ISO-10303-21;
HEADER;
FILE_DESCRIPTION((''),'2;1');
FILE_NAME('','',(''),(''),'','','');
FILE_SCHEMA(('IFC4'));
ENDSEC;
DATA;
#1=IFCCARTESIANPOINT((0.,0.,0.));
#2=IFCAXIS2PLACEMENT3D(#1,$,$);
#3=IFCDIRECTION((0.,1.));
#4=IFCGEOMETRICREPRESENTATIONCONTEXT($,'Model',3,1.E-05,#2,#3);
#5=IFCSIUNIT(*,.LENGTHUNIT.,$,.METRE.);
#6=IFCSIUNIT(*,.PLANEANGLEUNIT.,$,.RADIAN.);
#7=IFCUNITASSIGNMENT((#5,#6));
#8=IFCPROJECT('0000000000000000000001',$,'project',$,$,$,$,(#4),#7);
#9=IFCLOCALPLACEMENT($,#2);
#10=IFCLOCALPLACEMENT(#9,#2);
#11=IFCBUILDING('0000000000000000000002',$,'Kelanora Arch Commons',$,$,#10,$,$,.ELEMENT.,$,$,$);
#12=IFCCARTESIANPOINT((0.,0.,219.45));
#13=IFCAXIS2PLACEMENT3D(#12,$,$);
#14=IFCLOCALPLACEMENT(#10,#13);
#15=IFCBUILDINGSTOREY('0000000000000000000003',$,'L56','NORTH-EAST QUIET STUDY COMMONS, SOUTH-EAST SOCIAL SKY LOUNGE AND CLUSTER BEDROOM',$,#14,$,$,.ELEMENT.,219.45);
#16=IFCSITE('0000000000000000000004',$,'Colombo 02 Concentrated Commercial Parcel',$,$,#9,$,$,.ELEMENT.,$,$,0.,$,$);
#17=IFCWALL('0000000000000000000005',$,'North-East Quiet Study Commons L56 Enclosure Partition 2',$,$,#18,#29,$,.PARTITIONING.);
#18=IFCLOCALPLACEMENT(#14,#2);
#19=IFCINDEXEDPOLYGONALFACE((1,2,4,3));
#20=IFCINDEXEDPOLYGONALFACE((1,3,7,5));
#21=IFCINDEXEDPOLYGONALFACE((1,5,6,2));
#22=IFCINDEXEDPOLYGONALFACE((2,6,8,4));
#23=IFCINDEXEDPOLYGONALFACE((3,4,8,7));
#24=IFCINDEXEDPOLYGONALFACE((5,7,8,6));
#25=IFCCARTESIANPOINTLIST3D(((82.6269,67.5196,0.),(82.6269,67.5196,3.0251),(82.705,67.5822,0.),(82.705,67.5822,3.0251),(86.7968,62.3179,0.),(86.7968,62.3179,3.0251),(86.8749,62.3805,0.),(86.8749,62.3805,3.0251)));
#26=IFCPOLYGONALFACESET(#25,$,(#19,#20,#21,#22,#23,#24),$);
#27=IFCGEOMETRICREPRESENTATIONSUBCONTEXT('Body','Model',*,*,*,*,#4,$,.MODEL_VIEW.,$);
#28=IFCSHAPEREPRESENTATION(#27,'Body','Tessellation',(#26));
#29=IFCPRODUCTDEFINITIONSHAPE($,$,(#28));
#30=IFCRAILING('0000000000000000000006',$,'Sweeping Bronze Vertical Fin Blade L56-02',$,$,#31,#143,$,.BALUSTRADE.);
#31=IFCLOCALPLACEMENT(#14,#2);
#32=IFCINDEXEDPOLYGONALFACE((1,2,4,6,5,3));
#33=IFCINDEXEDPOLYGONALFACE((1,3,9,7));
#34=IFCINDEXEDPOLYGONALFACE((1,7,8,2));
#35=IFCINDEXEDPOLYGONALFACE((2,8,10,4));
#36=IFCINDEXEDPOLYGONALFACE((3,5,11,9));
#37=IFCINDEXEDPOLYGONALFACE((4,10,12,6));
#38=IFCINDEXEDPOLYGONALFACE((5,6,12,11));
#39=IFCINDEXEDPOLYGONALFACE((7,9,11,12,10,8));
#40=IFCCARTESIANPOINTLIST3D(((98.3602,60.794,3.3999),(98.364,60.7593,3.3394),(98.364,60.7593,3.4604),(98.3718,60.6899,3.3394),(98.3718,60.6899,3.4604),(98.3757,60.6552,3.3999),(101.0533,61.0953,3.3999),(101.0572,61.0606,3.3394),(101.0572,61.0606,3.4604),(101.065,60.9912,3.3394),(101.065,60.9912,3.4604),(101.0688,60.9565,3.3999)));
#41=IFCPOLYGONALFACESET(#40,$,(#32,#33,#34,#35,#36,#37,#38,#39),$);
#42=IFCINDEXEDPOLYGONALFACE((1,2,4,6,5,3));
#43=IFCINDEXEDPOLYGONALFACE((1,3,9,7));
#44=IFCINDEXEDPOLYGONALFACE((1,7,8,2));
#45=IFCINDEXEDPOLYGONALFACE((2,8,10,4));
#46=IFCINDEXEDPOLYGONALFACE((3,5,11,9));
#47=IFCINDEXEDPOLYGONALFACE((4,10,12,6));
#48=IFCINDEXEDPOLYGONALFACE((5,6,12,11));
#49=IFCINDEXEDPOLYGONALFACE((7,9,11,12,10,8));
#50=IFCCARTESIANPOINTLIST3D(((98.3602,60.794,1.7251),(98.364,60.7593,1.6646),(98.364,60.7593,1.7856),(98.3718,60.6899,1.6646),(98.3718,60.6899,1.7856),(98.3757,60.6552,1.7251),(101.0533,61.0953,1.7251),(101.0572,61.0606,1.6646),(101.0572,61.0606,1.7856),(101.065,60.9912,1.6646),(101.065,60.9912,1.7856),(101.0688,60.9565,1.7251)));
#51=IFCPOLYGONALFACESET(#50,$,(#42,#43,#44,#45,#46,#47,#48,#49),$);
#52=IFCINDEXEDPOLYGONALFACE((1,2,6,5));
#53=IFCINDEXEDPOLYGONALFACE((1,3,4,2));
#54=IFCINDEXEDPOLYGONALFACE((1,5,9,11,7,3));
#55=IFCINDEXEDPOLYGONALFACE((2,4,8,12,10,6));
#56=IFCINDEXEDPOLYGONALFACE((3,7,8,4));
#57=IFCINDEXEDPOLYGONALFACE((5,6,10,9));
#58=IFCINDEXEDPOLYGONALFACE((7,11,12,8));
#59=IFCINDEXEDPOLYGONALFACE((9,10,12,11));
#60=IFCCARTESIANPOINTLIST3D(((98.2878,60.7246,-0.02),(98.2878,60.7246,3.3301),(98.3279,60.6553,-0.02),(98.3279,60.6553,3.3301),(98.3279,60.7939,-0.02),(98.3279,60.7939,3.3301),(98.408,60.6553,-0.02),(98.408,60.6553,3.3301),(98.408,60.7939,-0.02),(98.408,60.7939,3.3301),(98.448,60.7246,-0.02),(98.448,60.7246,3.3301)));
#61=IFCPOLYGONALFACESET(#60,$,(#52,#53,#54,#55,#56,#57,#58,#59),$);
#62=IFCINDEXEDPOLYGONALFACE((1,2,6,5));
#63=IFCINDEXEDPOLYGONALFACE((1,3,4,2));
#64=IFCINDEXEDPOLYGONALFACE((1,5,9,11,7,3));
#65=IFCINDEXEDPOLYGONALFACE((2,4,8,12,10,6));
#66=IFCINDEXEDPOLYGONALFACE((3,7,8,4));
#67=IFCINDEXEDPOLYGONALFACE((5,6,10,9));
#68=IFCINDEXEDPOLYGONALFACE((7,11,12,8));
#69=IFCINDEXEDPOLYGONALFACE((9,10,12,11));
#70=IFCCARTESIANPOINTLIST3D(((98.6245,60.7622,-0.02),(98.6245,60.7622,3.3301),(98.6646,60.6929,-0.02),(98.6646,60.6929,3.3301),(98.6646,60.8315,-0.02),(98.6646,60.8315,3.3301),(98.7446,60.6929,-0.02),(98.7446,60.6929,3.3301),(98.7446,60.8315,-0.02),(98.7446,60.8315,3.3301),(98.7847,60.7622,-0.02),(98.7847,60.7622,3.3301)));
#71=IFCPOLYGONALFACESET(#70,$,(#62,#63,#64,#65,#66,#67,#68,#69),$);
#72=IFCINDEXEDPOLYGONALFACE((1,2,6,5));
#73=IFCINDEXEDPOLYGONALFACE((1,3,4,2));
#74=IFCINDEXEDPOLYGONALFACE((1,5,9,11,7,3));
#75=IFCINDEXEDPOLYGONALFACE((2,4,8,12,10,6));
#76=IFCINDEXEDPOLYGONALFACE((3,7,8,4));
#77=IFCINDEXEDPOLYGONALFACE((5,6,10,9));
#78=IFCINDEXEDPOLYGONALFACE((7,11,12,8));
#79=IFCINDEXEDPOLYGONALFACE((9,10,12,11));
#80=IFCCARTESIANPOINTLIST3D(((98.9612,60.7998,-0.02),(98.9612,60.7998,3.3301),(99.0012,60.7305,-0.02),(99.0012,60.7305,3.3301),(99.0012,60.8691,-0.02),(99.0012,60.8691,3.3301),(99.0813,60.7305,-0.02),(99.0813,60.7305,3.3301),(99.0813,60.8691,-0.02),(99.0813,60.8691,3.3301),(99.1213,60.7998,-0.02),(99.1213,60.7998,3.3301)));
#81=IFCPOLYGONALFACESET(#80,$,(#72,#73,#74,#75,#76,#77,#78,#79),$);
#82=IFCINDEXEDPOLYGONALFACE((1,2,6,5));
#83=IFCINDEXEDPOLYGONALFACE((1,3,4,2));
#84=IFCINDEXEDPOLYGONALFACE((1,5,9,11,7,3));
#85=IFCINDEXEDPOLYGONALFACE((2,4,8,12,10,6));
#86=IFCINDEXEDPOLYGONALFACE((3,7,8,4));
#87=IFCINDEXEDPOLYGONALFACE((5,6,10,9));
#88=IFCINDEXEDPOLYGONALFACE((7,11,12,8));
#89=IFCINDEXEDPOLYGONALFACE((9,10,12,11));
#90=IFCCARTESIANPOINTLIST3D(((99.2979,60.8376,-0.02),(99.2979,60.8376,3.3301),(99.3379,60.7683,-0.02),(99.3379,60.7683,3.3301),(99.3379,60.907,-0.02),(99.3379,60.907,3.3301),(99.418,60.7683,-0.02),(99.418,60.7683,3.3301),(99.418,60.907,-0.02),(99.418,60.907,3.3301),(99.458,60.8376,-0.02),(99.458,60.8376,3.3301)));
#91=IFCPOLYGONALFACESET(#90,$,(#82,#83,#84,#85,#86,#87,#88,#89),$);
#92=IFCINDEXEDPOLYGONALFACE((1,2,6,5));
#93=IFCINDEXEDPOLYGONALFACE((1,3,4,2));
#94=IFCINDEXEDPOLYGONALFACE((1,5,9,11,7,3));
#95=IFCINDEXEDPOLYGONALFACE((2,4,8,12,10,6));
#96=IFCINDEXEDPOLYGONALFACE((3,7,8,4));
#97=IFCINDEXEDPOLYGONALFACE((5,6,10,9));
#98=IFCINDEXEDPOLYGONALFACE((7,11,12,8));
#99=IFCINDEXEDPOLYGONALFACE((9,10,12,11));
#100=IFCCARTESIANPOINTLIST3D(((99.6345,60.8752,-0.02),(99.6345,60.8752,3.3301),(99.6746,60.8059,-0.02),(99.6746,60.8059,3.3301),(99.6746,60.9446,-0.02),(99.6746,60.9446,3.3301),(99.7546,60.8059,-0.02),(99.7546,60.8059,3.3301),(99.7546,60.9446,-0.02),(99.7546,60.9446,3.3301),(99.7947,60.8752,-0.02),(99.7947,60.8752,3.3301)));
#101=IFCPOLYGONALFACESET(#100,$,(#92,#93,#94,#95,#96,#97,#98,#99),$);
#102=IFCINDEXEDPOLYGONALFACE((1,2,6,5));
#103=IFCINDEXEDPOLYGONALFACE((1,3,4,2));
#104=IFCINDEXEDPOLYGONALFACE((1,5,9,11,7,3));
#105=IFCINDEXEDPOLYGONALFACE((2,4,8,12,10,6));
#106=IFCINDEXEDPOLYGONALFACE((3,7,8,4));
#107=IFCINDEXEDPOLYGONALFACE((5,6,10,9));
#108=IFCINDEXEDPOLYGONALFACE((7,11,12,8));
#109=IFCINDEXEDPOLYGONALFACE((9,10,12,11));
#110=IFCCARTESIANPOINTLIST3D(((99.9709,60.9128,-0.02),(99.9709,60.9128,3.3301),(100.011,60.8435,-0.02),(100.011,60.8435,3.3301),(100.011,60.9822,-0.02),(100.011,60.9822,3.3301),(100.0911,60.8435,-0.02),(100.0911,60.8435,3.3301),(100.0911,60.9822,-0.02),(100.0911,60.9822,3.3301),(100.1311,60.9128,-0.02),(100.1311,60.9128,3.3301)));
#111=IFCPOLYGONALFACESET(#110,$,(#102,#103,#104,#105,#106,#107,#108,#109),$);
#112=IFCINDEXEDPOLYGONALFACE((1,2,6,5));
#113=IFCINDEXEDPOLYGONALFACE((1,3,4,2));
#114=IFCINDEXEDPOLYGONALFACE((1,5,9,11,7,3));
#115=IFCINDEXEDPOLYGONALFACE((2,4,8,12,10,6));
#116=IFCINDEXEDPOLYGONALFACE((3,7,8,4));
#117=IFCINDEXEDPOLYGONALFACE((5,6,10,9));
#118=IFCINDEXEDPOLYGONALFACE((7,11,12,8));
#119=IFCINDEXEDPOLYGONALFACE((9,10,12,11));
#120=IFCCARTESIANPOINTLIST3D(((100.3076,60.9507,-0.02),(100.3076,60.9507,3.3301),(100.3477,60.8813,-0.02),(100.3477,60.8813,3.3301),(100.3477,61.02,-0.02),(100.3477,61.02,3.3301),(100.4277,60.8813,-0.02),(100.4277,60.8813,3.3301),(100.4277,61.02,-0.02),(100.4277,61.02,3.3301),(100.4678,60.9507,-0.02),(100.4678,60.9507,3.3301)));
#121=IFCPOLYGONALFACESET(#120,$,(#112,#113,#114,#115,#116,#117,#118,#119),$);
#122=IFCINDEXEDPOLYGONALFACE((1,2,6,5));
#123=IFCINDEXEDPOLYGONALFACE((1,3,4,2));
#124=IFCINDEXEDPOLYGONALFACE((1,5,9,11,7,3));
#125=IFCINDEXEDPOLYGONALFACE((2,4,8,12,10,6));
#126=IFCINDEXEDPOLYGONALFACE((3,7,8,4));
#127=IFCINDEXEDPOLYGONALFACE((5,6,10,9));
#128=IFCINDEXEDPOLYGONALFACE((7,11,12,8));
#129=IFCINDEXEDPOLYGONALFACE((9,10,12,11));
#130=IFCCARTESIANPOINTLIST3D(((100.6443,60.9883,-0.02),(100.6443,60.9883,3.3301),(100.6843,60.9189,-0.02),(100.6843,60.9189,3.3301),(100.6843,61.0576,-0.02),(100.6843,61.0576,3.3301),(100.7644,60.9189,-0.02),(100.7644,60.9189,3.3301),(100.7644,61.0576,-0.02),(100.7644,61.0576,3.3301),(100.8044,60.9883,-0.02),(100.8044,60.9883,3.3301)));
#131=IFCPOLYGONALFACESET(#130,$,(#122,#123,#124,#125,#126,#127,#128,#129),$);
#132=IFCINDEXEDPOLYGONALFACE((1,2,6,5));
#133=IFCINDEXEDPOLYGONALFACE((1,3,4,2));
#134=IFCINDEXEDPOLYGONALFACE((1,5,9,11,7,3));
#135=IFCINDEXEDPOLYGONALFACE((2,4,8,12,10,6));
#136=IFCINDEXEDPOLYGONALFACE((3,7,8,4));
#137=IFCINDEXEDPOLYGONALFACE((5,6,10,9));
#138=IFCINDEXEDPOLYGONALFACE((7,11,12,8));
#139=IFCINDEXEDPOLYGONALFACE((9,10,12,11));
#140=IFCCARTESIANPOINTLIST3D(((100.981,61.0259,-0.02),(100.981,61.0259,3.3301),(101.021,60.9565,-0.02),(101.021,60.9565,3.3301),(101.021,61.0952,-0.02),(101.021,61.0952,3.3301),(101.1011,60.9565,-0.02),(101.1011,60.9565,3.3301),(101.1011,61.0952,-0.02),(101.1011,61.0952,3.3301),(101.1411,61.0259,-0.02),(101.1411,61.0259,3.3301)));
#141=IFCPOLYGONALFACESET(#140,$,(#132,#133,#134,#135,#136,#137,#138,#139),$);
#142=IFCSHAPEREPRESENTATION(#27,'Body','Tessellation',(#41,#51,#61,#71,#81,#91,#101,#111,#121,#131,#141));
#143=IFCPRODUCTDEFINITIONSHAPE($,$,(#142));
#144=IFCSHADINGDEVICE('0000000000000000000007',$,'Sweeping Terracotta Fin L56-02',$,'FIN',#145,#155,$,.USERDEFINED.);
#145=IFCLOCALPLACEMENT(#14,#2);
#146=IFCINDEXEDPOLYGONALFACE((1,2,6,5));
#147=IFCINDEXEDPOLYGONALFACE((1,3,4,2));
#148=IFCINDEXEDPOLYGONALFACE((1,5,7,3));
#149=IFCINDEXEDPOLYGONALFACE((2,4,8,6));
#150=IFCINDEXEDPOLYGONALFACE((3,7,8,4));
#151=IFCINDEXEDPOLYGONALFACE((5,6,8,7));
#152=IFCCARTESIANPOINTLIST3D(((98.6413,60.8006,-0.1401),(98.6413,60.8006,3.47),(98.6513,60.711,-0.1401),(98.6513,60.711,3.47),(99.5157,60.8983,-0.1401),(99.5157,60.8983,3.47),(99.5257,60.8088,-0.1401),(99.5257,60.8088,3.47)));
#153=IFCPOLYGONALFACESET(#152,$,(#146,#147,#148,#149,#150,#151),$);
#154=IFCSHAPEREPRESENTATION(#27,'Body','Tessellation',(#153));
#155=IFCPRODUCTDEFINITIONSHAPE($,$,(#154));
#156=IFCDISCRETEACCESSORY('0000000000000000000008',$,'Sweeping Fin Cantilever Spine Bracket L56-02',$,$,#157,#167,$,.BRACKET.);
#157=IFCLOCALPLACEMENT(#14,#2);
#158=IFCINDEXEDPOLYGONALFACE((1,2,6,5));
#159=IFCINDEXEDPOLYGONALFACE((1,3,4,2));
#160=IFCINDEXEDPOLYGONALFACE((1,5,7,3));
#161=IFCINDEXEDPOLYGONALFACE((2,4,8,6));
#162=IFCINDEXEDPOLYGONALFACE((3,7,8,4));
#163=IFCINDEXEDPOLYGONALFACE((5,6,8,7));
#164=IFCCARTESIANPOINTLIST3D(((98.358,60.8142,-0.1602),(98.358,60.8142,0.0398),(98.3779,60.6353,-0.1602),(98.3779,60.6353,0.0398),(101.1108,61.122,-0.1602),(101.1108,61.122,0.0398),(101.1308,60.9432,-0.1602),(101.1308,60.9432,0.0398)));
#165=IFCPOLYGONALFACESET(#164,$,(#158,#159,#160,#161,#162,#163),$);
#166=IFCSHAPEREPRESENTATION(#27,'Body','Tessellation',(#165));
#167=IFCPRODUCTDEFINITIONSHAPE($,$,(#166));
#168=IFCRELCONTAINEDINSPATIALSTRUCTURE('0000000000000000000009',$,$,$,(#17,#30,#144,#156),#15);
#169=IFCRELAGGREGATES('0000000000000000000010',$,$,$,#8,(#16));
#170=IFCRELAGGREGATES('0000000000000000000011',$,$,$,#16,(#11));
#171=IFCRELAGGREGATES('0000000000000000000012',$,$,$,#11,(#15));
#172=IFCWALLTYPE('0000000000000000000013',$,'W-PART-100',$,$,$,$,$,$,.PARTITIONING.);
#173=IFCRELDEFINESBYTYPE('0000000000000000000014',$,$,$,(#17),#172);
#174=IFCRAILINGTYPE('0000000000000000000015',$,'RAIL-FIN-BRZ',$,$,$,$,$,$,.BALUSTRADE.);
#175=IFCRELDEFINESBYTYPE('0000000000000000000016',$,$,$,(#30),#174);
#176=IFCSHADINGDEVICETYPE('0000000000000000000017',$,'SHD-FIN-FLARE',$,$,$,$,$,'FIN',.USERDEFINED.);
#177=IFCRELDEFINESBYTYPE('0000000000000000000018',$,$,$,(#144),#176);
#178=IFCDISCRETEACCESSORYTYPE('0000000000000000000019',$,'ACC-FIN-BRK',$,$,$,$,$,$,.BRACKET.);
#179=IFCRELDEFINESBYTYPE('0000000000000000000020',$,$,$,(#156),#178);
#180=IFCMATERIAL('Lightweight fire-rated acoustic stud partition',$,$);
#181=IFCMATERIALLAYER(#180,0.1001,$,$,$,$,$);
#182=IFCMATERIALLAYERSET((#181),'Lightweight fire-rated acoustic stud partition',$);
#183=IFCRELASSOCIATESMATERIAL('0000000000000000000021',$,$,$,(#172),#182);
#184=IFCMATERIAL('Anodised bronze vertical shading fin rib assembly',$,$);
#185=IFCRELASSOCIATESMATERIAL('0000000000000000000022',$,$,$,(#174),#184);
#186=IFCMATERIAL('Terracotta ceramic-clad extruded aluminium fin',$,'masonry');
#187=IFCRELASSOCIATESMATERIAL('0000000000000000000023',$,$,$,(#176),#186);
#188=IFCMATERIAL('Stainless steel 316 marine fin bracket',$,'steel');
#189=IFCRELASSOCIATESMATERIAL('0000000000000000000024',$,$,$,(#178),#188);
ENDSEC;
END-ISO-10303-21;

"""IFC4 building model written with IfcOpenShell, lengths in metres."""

from ifc_helpers import new_model, si_unit, direction, frame, frame_2d, origin, origin_2d, place, context, subcontext, project, spatial, polyline, rectangle, outline, extrude, source, transform, mapped, material, layer, layer_set, type_object, element, save


model = new_model("IFC4")

# Units and contexts
model_context = context("Model", 3, precision=1e-05, world=origin(), true_north=direction((0.0, 1.0)))
body_context = subcontext(model_context, "Body", "Model", "MODEL_VIEW")
ifc_project = project(units=[si_unit("LENGTHUNIT", "METRE"), si_unit("PLANEANGLEUNIT", "RADIAN")], contexts=[model_context])

# Site, building, storey
site_placement = place(None, origin())
site = spatial("IfcSite", under=ifc_project, at=site_placement, Name="Colombo 02 Concentrated Commercial Parcel", CompositionType="ELEMENT", RefElevation=0.0)
building_placement = place(site_placement, origin())
building = spatial("IfcBuilding", under=site, at=building_placement, Name="Kelanora Arch Commons", CompositionType="ELEMENT")
storey_placement = place(building_placement, frame((0.0, 0.0, 219.45)))
storey = spatial("IfcBuildingStorey", under=building, at=storey_placement, Name="L56", Description="NORTH-EAST QUIET STUDY COMMONS, SOUTH-EAST SOCIAL SKY LOUNGE AND CLUSTER BEDROOM", CompositionType="ELEMENT", Elevation=219.45)

# Wall
ifc_material_1 = material(Name="Lightweight fire-rated acoustic stud partition")
ifc_layer_1 = layer(ifc_material_1, 0.1001)
ifc_layer_set_1 = layer_set([ifc_layer_1], Name="Lightweight fire-rated acoustic stud partition")
wall_type = type_object("IfcWallType", Name="W-PART-100", PredefinedType="PARTITIONING", material=ifc_layer_set_1)
wall_placement = place(storey_placement, frame((86.8359, 62.3491, 0.0), z_axis=(0.0, 0.0, 1.0), x_axis=(-0.625481, 0.78024, 0.0)))
element("IfcWall", 1, at=wall_placement, inside=storey, type_object=wall_type, Name="North-East Quiet Study Commons L56 Enclosure Partition 2", PredefinedType="PARTITIONING", context=body_context, shape_type="SweptSolid", body=[
    extrude(rectangle(XDim=6.6667, YDim=0.1001, at=frame_2d((3.3335, 0.0))), origin(), (0.0, 0.0, 1.0), 3.0251),
])

# Railing
ifc_material_2 = material(Name="Anodised bronze vertical shading fin rib assembly")
railing_type_1 = type_object("IfcRailingType", Name="RAIL-FIN-BRZ", PredefinedType="BALUSTRADE", material=ifc_material_2)
railing_1_placement = place(storey_placement, frame((98.3679, 60.7246, -0.02)))
element("IfcRailing", 2, at=railing_1_placement, inside=storey, type_object=railing_type_1, Name="Sweeping Bronze Vertical Fin Blade L56-02", PredefinedType="BALUSTRADE", context=body_context, shape_type="SweptSolid", body=[
    extrude(outline(polyline([(0.0698, 0.0), (0.0349, 0.0605), (-0.0349, 0.0605), (-0.0698, 0.0), (-0.0349, -0.0605), (0.0349, -0.0605), (0.0698, 0.0)])), frame((0.0, 0.0, 3.4199), z_axis=(0.993801, 0.111173, 0.0), x_axis=(-0.111173, 0.993801, 0.0)), (0.0, 0.0, 1.0), 2.71),
    extrude(outline(polyline([(0.0698, 0.0), (0.0349, 0.0605), (-0.0349, 0.0605), (-0.0698, 0.0), (-0.0349, -0.0605), (0.0349, -0.0605), (0.0698, 0.0)])), frame((0.0, 0.0, 1.7451), z_axis=(0.993801, 0.111173, 0.0), x_axis=(-0.111173, 0.993801, 0.0)), (0.0, 0.0, 1.0), 2.71),
    extrude(outline(polyline([(0.0801, 0.0), (0.04, 0.0693), (-0.04, 0.0693), (-0.0801, 0.0), (-0.04, -0.0693), (0.04, -0.0693), (0.0801, 0.0)])), origin(), (0.0, 0.0, 1.0), 3.3501),
    extrude(outline(polyline([(0.0801, 0.0), (0.04, 0.0693), (-0.04, 0.0693), (-0.0801, 0.0), (-0.04, -0.0693), (0.04, -0.0693), (0.0801, 0.0)])), frame((0.3367, 0.0376, 0.0)), (0.0, 0.0, 1.0), 3.3501),
    extrude(outline(polyline([(0.0801, 0.0), (0.04, 0.0693), (-0.04, 0.0693), (-0.0801, 0.0), (-0.04, -0.0693), (0.04, -0.0693), (0.0801, 0.0)])), frame((0.6733, 0.0752, 0.0)), (0.0, 0.0, 1.0), 3.3501),
    extrude(outline(polyline([(0.0801, 0.0), (0.04, 0.0693), (-0.04, 0.0693), (-0.0801, 0.0), (-0.04, -0.0693), (0.04, -0.0693), (0.0801, 0.0)])), frame((1.01, 0.113, 0.0)), (0.0, 0.0, 1.0), 3.3501),
    extrude(outline(polyline([(0.0801, 0.0), (0.04, 0.0693), (-0.04, 0.0693), (-0.0801, 0.0), (-0.04, -0.0693), (0.04, -0.0693), (0.0801, 0.0)])), frame((1.3467, 0.1506, 0.0)), (0.0, 0.0, 1.0), 3.3501),
    extrude(outline(polyline([(0.0801, 0.0), (0.04, 0.0693), (-0.04, 0.0693), (-0.0801, 0.0), (-0.04, -0.0693), (0.04, -0.0693), (0.0801, 0.0)])), frame((1.6831, 0.1882, 0.0)), (0.0, 0.0, 1.0), 3.3501),
    extrude(outline(polyline([(0.0801, 0.0), (0.04, 0.0693), (-0.04, 0.0693), (-0.0801, 0.0), (-0.04, -0.0693), (0.04, -0.0693), (0.0801, 0.0)])), frame((2.0198, 0.2261, 0.0)), (0.0, 0.0, 1.0), 3.3501),
    extrude(outline(polyline([(0.0801, 0.0), (0.04, 0.0693), (-0.04, 0.0693), (-0.0801, 0.0), (-0.04, -0.0693), (0.04, -0.0693), (0.0801, 0.0)])), frame((2.3564, 0.2637, 0.0)), (0.0, 0.0, 1.0), 3.3501),
    extrude(outline(polyline([(0.0801, 0.0), (0.04, 0.0693), (-0.04, 0.0693), (-0.0801, 0.0), (-0.04, -0.0693), (0.04, -0.0693), (0.0801, 0.0)])), frame((2.6931, 0.3013, 0.0)), (0.0, 0.0, 1.0), 3.3501),
])

# Shading device
ifc_material_3 = material(Name="Terracotta ceramic-clad extruded aluminium fin", Category="masonry")
shading_device_type = type_object("IfcShadingDeviceType", Name="SHD-FIN-FLARE", ElementType="FIN", PredefinedType="USERDEFINED", material=ifc_material_3)
shared_shape_1 = source(origin(), body_context, "Body", "SweptSolid", [
    extrude(rectangle(XDim=0.8799, YDim=0.0901, at=origin_2d()), origin(), (0.0, 0.0, 1.0), 3.6101),
])
shading_device_placement = place(storey_placement, frame((99.0835, 60.8047, -0.1401), z_axis=(0.0, 0.0, 1.0), x_axis=(0.993807, 0.111122, 0.0)))
element("IfcShadingDevice", 3, at=shading_device_placement, inside=storey, type_object=shading_device_type, Name="Sweeping Terracotta Fin L56-02", ObjectType="FIN", PredefinedType="USERDEFINED", context=body_context, shape_type="MappedRepresentation", body=[
    mapped(shared_shape_1, transform((0.0, 0.0, 0.0), scale=1.0)),
])

# Discrete accessory
ifc_material_4 = material(Name="Stainless steel 316 marine fin bracket", Category="steel")
discrete_accessory_type = type_object("IfcDiscreteAccessoryType", Name="ACC-FIN-BRK", PredefinedType="BRACKET", material=ifc_material_4)
shared_shape_2 = source(origin(), body_context, "Body", "SweptSolid", [
    extrude(rectangle(XDim=2.77, YDim=0.1799, at=origin_2d()), origin(), (0.0, 0.0, 1.0), 0.2),
])
discrete_accessory_placement = place(storey_placement, frame((99.7444, 60.8787, -0.1602), z_axis=(0.0, 0.0, 1.0), x_axis=(0.993807, 0.111122, 0.0)))
element("IfcDiscreteAccessory", 4, at=discrete_accessory_placement, inside=storey, type_object=discrete_accessory_type, Name="Sweeping Fin Cantilever Spine Bracket L56-02", PredefinedType="BRACKET", context=body_context, shape_type="MappedRepresentation", body=[
    mapped(shared_shape_2, transform((0.0, 0.0, 0.0), scale=1.0)),
])

save(model, "model.ifc")
